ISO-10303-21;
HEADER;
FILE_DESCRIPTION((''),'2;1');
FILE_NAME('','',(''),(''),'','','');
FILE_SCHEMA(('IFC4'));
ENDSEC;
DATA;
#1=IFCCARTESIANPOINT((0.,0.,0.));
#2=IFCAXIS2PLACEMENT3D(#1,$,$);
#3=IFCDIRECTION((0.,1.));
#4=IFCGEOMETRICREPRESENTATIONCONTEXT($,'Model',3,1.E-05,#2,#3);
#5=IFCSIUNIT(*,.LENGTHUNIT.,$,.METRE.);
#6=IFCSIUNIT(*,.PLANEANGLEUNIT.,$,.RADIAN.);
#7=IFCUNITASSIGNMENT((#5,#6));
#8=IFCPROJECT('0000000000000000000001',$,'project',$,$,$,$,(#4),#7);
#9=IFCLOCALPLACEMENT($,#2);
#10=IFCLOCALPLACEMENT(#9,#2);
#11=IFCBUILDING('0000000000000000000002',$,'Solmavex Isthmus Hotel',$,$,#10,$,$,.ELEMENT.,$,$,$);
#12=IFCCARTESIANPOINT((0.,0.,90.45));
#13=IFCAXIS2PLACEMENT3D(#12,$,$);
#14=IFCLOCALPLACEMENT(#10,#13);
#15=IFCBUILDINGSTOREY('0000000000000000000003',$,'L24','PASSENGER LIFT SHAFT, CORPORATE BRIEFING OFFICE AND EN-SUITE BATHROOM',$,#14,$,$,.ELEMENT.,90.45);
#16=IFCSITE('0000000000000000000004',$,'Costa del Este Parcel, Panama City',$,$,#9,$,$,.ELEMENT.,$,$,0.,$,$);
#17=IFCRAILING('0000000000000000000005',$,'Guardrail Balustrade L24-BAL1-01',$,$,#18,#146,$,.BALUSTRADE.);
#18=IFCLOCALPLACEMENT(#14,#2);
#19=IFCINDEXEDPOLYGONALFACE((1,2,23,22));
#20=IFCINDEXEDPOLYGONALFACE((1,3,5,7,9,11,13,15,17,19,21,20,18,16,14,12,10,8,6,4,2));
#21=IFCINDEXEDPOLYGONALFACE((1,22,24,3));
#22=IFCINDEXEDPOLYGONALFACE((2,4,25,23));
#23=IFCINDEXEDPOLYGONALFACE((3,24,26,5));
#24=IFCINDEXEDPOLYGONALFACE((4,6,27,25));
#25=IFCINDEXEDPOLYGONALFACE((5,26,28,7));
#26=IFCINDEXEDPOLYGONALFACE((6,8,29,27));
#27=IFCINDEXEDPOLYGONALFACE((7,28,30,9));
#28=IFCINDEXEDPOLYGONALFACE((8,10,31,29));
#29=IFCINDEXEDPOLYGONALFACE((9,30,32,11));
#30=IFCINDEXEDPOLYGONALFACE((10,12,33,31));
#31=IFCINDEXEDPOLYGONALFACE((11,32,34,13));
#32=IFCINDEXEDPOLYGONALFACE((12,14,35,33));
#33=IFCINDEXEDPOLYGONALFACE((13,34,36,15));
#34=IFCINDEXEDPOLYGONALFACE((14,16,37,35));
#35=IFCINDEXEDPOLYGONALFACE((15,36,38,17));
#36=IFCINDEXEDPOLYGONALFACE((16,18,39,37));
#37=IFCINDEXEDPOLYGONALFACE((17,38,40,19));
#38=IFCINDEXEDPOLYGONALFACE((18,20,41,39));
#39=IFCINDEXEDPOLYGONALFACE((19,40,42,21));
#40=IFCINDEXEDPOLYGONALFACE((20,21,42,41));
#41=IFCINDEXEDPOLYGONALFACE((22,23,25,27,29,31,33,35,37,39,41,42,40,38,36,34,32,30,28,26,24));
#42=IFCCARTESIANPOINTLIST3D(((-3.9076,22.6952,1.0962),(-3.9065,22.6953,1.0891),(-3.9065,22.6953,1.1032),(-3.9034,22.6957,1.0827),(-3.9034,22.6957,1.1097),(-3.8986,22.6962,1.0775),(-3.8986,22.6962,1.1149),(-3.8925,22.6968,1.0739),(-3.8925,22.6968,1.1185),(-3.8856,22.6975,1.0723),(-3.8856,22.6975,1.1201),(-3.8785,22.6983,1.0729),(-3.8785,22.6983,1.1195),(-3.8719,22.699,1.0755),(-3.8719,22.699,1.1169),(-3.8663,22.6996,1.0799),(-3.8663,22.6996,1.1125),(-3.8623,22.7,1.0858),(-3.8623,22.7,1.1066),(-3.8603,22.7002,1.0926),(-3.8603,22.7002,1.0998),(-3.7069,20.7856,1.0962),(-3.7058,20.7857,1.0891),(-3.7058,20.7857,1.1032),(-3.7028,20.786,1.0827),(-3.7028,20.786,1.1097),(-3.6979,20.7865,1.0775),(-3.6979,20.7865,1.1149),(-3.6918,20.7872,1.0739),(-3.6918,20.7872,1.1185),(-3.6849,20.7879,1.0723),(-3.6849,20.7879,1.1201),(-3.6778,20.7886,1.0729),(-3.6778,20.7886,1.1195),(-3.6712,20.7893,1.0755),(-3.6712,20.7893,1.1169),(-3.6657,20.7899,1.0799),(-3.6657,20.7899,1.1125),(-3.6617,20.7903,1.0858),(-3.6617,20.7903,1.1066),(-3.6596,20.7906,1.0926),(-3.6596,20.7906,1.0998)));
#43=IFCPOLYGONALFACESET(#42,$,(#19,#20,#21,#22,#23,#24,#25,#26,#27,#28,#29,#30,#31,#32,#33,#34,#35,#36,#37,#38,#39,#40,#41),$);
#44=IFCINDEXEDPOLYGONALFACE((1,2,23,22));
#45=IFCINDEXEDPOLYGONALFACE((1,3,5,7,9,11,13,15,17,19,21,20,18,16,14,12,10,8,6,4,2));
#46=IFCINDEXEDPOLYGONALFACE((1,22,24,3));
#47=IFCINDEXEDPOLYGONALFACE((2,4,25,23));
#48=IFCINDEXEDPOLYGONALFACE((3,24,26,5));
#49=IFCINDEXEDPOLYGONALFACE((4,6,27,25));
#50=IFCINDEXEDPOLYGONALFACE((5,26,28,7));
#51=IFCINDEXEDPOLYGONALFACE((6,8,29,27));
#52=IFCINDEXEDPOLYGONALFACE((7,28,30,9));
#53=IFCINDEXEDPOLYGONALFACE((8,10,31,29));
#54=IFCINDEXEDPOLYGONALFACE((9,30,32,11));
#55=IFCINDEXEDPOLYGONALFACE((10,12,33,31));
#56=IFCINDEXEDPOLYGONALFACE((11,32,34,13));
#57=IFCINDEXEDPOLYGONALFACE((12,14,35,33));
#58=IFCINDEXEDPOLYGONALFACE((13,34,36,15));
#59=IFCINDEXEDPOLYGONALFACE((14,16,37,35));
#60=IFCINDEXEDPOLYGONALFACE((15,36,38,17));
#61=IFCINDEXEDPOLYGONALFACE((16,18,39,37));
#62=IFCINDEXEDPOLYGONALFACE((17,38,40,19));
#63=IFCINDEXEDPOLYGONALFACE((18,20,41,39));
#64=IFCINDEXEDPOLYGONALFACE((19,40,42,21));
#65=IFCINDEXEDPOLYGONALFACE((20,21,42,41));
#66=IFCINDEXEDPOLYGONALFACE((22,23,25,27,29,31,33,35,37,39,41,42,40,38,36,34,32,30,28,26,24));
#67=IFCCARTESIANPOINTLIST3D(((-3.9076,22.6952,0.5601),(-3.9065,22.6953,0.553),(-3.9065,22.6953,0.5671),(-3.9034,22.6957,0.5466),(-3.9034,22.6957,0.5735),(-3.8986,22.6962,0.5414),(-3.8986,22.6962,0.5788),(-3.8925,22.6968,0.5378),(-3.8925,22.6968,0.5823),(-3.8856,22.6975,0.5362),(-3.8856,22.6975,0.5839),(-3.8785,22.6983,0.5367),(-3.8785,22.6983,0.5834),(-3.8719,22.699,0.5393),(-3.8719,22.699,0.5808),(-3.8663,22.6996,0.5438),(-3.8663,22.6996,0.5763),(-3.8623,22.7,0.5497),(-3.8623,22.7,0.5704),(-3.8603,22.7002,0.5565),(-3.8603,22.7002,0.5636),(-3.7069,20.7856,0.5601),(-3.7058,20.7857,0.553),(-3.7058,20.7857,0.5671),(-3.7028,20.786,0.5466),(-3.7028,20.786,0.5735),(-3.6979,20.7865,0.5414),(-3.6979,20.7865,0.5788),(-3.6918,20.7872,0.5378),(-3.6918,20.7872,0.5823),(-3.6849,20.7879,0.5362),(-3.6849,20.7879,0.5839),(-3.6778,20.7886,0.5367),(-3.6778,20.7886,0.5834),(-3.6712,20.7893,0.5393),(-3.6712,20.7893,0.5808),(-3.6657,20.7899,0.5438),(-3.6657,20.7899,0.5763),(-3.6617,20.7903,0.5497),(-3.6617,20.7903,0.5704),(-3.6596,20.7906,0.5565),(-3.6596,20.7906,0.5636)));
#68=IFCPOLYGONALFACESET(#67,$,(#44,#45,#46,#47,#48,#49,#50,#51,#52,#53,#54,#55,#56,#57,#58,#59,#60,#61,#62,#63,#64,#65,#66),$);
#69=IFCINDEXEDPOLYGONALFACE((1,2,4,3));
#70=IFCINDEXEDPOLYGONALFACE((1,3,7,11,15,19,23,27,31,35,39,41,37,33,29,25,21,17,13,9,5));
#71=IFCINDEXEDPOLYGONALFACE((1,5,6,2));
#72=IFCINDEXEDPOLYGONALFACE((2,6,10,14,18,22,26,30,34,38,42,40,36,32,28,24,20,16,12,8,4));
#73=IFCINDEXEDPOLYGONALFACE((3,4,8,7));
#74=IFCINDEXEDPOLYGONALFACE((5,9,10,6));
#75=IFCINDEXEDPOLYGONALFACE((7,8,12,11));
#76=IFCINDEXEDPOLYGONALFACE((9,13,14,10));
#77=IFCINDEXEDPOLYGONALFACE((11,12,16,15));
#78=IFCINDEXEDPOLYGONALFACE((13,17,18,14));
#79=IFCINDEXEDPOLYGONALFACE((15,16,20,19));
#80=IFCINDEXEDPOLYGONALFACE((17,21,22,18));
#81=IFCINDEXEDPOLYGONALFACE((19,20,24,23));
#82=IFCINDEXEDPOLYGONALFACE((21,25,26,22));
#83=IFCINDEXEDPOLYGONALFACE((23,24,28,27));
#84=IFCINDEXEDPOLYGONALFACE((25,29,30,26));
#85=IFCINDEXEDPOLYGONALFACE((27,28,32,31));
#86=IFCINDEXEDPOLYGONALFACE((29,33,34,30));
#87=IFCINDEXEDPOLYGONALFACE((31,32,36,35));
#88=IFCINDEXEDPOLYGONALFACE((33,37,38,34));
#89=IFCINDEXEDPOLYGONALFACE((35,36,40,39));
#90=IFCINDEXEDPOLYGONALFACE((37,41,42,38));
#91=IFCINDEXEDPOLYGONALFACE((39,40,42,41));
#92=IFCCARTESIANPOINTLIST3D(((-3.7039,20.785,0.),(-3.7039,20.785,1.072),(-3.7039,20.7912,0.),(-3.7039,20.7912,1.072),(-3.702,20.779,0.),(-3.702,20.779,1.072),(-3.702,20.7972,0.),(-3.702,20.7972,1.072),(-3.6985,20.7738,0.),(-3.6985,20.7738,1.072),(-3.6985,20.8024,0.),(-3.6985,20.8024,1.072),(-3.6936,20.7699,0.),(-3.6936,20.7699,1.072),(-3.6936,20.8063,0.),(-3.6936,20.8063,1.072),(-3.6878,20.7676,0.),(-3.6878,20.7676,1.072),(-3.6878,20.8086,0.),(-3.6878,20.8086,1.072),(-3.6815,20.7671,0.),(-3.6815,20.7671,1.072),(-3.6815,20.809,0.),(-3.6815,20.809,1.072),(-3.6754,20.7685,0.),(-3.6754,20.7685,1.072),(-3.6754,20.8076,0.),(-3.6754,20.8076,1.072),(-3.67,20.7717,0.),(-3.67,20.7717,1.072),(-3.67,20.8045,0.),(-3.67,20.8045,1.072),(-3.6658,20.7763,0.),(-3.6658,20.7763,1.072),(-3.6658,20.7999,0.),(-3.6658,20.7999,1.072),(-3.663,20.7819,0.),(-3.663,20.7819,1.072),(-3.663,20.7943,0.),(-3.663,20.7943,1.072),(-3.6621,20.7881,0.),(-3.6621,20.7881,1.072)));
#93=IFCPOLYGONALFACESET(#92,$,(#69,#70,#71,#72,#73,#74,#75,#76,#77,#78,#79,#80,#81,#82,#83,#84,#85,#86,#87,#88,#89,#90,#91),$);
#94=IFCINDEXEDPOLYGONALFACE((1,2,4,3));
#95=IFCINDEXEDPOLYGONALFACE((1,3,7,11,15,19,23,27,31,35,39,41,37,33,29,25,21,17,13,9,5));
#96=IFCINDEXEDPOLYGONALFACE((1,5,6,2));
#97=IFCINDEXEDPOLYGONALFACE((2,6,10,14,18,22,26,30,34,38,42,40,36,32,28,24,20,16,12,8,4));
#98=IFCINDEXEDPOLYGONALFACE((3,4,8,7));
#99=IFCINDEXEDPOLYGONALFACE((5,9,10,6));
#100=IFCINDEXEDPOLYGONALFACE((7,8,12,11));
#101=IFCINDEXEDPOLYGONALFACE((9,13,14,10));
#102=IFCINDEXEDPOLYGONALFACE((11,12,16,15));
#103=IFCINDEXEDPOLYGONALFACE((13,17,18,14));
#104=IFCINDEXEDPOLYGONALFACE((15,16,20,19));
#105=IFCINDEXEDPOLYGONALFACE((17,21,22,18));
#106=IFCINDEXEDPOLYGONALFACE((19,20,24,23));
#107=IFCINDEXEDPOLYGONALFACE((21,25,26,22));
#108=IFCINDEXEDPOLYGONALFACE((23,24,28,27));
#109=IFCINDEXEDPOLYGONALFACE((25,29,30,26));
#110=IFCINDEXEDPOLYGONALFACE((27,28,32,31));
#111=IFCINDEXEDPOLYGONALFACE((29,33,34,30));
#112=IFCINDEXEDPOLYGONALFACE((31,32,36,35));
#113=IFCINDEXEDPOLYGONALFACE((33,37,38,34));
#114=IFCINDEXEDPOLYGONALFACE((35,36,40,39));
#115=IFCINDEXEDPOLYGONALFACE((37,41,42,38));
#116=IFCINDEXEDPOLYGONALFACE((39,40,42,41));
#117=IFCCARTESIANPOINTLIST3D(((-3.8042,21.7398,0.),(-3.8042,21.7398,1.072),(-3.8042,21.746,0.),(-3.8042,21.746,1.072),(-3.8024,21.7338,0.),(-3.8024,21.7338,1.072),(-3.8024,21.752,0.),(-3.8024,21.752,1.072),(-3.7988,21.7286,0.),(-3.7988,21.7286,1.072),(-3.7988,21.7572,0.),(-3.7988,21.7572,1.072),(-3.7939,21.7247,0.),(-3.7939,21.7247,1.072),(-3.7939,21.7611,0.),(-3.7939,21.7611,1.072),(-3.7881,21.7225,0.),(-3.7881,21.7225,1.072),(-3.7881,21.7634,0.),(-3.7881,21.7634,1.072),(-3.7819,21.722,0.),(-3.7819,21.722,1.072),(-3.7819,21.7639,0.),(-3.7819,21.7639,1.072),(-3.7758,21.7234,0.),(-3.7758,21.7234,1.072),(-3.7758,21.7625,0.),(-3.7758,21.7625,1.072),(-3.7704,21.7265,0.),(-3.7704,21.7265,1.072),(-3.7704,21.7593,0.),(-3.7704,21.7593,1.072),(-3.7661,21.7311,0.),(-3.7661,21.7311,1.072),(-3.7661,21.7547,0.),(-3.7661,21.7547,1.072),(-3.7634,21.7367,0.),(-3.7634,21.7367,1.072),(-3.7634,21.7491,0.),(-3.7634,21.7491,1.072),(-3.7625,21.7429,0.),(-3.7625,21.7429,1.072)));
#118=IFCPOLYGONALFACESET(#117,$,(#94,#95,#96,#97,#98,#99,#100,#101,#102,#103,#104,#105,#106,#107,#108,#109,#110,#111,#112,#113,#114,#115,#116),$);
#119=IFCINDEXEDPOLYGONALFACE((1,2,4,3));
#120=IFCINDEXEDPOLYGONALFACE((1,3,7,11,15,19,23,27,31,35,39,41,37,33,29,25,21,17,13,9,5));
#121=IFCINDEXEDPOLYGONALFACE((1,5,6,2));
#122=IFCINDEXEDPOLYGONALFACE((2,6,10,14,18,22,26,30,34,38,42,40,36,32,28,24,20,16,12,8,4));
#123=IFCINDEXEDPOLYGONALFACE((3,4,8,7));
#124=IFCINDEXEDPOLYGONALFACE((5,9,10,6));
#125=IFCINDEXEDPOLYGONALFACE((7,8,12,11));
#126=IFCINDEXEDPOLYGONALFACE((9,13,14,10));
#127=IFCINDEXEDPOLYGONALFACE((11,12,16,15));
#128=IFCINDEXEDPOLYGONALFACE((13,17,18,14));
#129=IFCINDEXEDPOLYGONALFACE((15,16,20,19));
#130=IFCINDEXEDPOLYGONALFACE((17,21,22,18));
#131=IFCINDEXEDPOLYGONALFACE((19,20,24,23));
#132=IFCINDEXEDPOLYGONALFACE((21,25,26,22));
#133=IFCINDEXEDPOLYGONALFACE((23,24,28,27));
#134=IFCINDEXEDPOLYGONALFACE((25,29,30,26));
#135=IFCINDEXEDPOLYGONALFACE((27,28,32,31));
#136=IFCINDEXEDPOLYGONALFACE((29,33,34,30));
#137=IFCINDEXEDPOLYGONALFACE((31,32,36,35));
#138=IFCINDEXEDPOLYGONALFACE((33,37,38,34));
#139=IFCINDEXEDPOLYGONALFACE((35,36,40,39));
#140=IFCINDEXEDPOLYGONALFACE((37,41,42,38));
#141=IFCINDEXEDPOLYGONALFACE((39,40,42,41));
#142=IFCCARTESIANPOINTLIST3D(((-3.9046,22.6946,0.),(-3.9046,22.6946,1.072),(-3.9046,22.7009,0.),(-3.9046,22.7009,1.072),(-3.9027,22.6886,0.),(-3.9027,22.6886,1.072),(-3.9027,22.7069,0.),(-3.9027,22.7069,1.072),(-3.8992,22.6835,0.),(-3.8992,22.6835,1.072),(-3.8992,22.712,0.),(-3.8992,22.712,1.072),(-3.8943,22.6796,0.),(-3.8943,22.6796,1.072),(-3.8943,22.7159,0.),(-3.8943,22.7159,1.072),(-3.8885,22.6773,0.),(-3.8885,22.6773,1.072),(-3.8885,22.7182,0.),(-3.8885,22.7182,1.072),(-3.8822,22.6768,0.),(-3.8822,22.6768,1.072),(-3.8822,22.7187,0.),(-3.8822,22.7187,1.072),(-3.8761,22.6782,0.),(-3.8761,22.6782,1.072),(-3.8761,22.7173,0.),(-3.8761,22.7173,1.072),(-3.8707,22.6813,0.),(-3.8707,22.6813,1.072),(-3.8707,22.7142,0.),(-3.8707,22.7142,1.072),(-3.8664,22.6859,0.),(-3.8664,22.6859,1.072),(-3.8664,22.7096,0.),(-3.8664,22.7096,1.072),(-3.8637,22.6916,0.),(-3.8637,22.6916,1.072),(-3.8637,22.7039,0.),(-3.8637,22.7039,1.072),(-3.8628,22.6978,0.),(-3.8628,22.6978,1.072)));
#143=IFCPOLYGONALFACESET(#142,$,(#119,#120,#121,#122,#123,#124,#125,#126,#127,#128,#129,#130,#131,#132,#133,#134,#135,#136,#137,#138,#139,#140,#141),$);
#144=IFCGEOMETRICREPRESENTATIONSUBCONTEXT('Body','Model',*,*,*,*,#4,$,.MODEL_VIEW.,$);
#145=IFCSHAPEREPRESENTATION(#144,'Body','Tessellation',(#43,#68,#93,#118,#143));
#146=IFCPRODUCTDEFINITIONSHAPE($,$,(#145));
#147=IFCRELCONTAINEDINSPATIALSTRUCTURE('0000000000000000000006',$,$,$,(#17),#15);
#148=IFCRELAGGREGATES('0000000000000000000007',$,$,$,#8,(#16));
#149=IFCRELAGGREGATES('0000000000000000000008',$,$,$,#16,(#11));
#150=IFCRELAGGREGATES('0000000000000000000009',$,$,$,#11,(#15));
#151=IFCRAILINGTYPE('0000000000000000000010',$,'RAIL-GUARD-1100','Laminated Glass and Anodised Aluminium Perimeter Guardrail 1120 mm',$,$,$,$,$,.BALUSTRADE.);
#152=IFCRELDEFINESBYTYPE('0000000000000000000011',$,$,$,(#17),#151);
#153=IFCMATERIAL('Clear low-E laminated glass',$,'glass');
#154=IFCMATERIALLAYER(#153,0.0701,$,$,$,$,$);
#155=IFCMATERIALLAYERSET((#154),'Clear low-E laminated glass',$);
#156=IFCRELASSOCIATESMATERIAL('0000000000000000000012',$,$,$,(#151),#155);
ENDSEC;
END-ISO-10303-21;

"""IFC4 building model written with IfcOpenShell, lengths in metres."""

from ifc_helpers import new_model, si_unit, direction, frame, origin, origin_2d, place, context, subcontext, project, spatial, circle, extrude, material, layer, layer_set, type_object, element, save


model = new_model("IFC4")

# Units and contexts
model_context = context("Model", 3, precision=1e-05, world=origin(), true_north=direction((0.0, 1.0)))
body_context = subcontext(model_context, "Body", "Model", "MODEL_VIEW")
ifc_project = project(units=[si_unit("LENGTHUNIT", "METRE"), si_unit("PLANEANGLEUNIT", "RADIAN")], contexts=[model_context])

# Site, building, storey
site_placement = place(None, origin())
site = spatial("IfcSite", under=ifc_project, at=site_placement, Name="Costa del Este Parcel, Panama City", CompositionType="ELEMENT", RefElevation=0.0)
building_placement = place(site_placement, origin())
building = spatial("IfcBuilding", under=site, at=building_placement, Name="Solmavex Isthmus Hotel", CompositionType="ELEMENT")
storey_placement = place(building_placement, frame((0.0, 0.0, 90.45)))
storey = spatial("IfcBuildingStorey", under=building, at=storey_placement, Name="L24", Description="PASSENGER LIFT SHAFT, CORPORATE BRIEFING OFFICE AND EN-SUITE BATHROOM", CompositionType="ELEMENT", Elevation=90.45)

# Shared definitions
ifc_material_1 = material(Name="Clear low-E laminated glass", Category="glass")

# Railing
ifc_layer_1 = layer(ifc_material_1, 0.0701)
ifc_layer_set_1 = layer_set([ifc_layer_1], Name="Clear low-E laminated glass")
railing_type = type_object("IfcRailingType", Name="RAIL-GUARD-1100", Description="Laminated Glass and Anodised Aluminium Perimeter Guardrail 1120 mm", PredefinedType="BALUSTRADE", material=ifc_layer_set_1)
railing_1_placement = place(storey_placement, frame((-3.6831, 20.7881, 0.0)))
element("IfcRailing", 1, at=railing_1_placement, inside=storey, type_object=railing_type, Name="Guardrail Balustrade L24-BAL1-01", PredefinedType="BALUSTRADE", context=body_context, shape_type="SweptSolid", body=[
    extrude(circle(Radius=0.0239, at=origin_2d()), frame((0.0, 0.0, 1.0962), z_axis=(-0.104513, 0.994524, 0.0), x_axis=(-0.994524, -0.104513, 0.0)), (0.0, 0.0, 1.0), 1.9202),
    extrude(circle(Radius=0.0239, at=origin_2d()), frame((0.0, 0.0, 0.5601), z_axis=(-0.104513, 0.994524, 0.0), x_axis=(-0.994524, -0.104513, 0.0)), (0.0, 0.0, 1.0), 1.9202),
    extrude(circle(Radius=0.021, at=origin_2d()), origin(), (0.0, 0.0, 1.0), 1.072),
    extrude(circle(Radius=0.021, at=origin_2d()), frame((-0.1003, 0.9548, 0.0)), (0.0, 0.0, 1.0), 1.072),
    extrude(circle(Radius=0.021, at=origin_2d()), frame((-0.2007, 1.9097, 0.0)), (0.0, 0.0, 1.0), 1.072),
])

save(model, "model.ifc")
